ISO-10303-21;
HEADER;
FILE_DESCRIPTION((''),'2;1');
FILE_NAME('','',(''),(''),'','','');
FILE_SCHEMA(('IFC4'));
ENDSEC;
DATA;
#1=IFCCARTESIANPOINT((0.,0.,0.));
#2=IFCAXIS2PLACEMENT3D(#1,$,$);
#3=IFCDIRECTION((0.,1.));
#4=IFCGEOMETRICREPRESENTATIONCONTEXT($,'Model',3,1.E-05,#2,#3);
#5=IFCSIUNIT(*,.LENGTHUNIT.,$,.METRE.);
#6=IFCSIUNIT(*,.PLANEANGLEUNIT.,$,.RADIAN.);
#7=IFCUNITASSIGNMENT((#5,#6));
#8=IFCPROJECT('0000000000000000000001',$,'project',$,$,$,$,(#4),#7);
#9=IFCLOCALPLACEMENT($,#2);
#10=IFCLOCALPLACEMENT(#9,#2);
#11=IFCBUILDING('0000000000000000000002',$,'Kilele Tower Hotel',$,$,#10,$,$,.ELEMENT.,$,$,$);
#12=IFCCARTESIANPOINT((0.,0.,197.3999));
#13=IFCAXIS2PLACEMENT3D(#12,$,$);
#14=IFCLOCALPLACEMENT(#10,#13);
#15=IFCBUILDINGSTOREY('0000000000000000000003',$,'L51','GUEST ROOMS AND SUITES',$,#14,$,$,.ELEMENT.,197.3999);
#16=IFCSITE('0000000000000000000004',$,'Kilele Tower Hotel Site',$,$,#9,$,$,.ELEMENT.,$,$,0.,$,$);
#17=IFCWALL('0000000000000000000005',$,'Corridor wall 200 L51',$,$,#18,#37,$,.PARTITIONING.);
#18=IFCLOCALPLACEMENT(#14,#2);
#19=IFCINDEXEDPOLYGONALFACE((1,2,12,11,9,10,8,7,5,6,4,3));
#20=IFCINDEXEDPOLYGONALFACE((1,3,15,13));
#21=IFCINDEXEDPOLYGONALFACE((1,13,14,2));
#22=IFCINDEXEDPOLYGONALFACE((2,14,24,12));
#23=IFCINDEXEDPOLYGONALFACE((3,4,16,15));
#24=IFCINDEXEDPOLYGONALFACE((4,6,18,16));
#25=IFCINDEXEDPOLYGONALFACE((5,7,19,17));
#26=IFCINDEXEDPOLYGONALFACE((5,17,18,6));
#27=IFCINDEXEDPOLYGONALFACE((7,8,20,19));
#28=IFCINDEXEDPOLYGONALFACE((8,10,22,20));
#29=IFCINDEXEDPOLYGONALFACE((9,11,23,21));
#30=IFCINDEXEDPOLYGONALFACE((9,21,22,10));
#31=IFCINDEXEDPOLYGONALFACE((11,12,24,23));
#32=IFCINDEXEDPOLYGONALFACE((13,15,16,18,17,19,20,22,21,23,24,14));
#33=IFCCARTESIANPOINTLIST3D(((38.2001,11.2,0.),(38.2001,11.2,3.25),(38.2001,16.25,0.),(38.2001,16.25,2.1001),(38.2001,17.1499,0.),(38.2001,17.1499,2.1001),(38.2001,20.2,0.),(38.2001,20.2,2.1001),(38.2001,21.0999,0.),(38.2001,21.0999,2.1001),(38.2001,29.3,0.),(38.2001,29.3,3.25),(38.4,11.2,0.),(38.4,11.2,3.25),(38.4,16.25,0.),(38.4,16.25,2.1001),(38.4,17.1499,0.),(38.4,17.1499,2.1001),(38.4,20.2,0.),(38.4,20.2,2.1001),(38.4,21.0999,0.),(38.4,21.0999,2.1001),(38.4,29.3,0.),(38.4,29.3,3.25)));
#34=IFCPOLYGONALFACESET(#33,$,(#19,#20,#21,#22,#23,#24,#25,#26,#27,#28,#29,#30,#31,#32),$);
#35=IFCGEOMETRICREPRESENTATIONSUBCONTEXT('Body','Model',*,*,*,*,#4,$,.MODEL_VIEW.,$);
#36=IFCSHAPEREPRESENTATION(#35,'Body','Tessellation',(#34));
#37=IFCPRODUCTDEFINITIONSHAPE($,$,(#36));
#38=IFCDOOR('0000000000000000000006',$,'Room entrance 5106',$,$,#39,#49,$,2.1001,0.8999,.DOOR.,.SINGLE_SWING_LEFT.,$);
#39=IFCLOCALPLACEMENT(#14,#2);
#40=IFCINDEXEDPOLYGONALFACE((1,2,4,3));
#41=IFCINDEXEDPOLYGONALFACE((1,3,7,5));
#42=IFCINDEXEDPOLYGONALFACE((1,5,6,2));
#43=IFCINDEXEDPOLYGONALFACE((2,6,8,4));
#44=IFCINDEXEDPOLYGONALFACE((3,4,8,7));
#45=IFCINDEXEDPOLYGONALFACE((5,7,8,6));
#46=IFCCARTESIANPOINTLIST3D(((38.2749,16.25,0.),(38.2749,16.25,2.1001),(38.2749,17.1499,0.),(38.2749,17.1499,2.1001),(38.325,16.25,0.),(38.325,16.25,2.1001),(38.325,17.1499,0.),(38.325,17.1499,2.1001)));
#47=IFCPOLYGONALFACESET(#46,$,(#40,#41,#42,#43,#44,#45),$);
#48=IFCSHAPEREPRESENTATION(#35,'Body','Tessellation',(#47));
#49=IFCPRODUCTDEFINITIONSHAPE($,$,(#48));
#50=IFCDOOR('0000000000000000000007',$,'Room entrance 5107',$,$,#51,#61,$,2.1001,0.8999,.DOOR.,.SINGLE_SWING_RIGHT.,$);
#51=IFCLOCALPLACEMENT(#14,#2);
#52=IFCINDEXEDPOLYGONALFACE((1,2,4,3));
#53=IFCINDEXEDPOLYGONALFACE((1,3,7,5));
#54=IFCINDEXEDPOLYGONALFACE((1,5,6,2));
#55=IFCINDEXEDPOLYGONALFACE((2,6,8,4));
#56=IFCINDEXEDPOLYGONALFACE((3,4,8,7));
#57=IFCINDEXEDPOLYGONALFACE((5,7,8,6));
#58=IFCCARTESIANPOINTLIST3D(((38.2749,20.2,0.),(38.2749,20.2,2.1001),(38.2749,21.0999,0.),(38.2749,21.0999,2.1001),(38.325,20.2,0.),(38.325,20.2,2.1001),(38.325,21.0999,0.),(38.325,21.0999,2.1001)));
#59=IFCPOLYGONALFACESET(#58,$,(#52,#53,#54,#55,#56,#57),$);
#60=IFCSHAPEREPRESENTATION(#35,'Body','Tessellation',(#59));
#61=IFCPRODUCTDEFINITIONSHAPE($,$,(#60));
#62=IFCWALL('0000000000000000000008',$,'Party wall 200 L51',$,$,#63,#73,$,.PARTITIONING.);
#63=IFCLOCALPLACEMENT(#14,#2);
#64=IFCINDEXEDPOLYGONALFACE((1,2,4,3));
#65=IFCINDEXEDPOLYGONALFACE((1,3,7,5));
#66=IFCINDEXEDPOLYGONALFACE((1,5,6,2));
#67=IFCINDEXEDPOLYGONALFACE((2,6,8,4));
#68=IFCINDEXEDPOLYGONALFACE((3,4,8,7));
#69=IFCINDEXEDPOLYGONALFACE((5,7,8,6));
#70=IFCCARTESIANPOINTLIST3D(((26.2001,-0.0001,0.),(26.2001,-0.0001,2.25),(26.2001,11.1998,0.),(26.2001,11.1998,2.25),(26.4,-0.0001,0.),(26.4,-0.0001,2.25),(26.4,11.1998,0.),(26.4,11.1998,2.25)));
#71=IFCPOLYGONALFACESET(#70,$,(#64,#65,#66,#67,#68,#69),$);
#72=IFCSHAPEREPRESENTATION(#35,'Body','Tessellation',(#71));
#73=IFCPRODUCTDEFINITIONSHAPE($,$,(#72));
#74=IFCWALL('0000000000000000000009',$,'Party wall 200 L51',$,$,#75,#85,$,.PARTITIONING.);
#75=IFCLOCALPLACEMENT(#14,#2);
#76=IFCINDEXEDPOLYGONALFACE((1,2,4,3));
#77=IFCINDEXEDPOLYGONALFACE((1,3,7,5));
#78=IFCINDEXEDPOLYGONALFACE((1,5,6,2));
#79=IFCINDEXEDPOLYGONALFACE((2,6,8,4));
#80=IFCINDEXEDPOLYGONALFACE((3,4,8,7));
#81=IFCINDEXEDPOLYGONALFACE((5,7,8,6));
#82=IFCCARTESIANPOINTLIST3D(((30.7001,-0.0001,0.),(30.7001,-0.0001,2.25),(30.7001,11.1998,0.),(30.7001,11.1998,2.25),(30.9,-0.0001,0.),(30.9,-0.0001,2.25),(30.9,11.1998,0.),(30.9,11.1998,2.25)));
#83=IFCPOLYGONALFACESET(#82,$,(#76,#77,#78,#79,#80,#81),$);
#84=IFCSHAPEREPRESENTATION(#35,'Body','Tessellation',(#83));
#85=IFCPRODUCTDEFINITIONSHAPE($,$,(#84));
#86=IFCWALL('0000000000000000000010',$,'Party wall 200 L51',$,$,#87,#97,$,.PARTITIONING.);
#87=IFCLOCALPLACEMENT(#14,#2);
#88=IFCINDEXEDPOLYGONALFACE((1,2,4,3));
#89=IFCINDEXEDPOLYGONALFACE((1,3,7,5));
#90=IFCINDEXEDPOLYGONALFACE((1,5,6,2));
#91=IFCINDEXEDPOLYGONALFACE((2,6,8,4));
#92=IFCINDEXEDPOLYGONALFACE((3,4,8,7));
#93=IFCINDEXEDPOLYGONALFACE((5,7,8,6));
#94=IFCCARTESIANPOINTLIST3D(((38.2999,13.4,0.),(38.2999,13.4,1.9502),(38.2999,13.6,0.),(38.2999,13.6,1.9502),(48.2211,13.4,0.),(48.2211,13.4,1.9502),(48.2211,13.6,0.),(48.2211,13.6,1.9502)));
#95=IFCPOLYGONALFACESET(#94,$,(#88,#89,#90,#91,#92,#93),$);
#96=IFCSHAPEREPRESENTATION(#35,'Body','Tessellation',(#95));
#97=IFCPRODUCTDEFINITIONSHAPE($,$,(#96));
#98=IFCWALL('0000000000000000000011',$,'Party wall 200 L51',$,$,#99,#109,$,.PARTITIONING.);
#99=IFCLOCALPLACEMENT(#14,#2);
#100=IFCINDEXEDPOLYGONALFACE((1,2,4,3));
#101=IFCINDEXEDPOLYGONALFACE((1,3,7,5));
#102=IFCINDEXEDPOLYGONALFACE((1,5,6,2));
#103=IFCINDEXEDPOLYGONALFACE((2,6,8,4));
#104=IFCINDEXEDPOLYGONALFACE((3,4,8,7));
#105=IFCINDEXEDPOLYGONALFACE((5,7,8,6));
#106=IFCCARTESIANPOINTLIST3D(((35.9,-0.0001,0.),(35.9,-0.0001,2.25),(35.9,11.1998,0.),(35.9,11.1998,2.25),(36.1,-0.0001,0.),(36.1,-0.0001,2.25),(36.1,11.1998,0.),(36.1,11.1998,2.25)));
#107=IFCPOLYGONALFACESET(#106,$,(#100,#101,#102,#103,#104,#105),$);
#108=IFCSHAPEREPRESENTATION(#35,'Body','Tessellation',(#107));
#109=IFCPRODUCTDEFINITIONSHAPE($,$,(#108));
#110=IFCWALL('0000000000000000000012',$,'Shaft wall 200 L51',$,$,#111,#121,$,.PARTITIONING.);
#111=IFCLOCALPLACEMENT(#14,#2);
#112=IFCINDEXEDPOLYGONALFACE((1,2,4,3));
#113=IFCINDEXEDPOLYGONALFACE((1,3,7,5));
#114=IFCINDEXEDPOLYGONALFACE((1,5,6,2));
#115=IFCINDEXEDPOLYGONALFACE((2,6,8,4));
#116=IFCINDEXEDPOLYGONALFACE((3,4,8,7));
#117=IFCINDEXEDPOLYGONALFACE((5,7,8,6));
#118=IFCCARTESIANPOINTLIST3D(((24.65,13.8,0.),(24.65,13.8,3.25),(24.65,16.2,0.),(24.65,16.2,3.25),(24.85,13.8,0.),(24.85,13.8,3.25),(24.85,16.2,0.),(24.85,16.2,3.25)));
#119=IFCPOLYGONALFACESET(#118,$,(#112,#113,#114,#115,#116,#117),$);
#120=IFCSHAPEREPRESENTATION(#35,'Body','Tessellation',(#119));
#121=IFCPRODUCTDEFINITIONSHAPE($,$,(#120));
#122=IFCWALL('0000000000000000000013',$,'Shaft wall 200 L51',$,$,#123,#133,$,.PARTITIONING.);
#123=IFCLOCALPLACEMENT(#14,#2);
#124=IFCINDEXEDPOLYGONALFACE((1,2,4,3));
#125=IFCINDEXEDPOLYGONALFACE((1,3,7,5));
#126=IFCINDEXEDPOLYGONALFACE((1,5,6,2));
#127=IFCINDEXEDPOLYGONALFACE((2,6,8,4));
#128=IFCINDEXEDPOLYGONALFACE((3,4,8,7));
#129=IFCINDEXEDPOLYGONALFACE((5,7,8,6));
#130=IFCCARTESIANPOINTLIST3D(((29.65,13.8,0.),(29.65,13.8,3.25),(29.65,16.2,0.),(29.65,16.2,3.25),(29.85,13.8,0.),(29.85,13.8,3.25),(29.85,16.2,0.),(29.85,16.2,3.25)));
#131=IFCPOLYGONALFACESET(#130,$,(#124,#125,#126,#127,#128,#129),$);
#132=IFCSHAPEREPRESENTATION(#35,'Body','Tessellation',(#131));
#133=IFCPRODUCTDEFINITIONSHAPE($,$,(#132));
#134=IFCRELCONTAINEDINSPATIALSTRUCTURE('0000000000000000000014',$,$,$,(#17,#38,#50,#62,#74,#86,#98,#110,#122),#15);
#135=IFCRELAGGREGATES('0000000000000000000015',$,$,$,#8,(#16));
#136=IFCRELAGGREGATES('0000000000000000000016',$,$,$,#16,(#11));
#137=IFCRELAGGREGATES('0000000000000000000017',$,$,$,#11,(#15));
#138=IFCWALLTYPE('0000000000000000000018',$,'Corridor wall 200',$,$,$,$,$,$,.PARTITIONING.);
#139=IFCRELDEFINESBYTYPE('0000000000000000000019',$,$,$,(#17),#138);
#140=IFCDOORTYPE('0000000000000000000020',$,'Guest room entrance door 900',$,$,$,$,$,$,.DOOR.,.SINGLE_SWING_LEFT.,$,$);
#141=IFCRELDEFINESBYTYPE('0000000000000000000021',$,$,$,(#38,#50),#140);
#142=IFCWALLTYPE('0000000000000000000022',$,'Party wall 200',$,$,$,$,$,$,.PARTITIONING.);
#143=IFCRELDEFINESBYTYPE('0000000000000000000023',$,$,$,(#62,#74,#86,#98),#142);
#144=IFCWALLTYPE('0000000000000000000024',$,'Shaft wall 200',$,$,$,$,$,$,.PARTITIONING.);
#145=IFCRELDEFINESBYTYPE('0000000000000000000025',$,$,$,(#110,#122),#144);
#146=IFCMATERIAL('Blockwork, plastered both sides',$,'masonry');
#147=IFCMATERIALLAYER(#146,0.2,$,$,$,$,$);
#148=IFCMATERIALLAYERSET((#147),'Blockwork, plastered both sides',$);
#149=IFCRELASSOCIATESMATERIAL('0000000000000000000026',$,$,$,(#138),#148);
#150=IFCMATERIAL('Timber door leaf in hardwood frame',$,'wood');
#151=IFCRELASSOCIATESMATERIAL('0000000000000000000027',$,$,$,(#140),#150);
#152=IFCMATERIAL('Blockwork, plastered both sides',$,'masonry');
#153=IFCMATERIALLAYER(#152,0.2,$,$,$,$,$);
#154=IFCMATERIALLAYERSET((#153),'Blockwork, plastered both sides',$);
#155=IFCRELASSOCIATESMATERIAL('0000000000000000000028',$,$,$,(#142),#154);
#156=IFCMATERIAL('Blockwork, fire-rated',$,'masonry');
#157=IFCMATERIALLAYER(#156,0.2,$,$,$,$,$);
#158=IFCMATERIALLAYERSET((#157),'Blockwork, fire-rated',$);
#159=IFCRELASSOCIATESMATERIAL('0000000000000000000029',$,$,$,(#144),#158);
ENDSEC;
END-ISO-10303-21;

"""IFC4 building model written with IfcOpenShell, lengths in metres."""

from ifc_helpers import new_model, si_unit, direction, frame, frame_2d, origin, place, context, subcontext, project, spatial, rectangle, extrude, material, layer, layer_set, type_object, element, fill, save


model = new_model("IFC4")

# Units and contexts
model_context = context("Model", 3, precision=1e-05, world=origin(), true_north=direction((0.0, 1.0)))
body_context = subcontext(model_context, "Body", "Model", "MODEL_VIEW")
ifc_project = project(units=[si_unit("LENGTHUNIT", "METRE"), si_unit("PLANEANGLEUNIT", "RADIAN")], contexts=[model_context])

# Site, building, storey
site_placement = place(None, origin())
site = spatial("IfcSite", under=ifc_project, at=site_placement, Name="Kilele Tower Hotel Site", CompositionType="ELEMENT", RefElevation=0.0)
building_placement = place(site_placement, origin())
building = spatial("IfcBuilding", under=site, at=building_placement, Name="Kilele Tower Hotel", CompositionType="ELEMENT")
storey_placement = place(building_placement, frame((0.0, 0.0, 197.3999)))
storey = spatial("IfcBuildingStorey", under=building, at=storey_placement, Name="L51", Description="GUEST ROOMS AND SUITES", CompositionType="ELEMENT", Elevation=197.3999)

# Wall, openings, doors
ifc_material_1 = material(Name="Blockwork, plastered both sides", Category="masonry")
ifc_layer_1 = layer(ifc_material_1, 0.2)
ifc_layer_set_1 = layer_set([ifc_layer_1], Name="Blockwork, plastered both sides")
wall_type_1 = type_object("IfcWallType", Name="Corridor wall 200", PredefinedType="PARTITIONING", material=ifc_layer_set_1)
wall_1_placement = place(storey_placement, frame((38.3, 11.2, 0.0), z_axis=(0.0, 0.0, 1.0), x_axis=(0.0, 1.0, 0.0)))
wall_1 = element("IfcWall", 1, at=wall_1_placement, inside=storey, type_object=wall_type_1, Name="Corridor wall 200 L51", PredefinedType="PARTITIONING", context=body_context, shape_type="SweptSolid", body=[
    extrude(rectangle(XDim=18.1001, YDim=0.2, at=frame_2d((9.05, 0.0))), origin(), (0.0, 0.0, 1.0), 3.25),
])
opening_1_placement = place(wall_1_placement, frame((5.95, 0.0, 0.0), z_axis=(0.0, 0.0, 1.0), x_axis=(-1.0, 0.0, 0.0)))
opening_1 = element("IfcOpeningElement", 2, at=opening_1_placement, cuts=wall_1, PredefinedType="OPENING", context=body_context, shape_type="SweptSolid", body=[
    extrude(rectangle(XDim=0.8999, YDim=2.1001, at=frame_2d((0.45, 1.05))), frame((0.0, 0.1099, 0.0), z_axis=(0.0, -1.0, 0.0), x_axis=(1.0, 0.0, 0.0)), (0.0, 0.0, 1.0), 0.22),
])
opening_2_placement = place(wall_1_placement, frame((9.8999, 0.0, 0.0), z_axis=(0.0, 0.0, 1.0), x_axis=(-1.0, 0.0, 0.0)))
opening_2 = element("IfcOpeningElement", 3, at=opening_2_placement, cuts=wall_1, PredefinedType="OPENING", context=body_context, shape_type="SweptSolid", body=[
    extrude(rectangle(XDim=0.8999, YDim=2.1001, at=frame_2d((0.45, 1.05))), frame((0.0, 0.1099, 0.0), z_axis=(0.0, -1.0, 0.0), x_axis=(1.0, 0.0, 0.0)), (0.0, 0.0, 1.0), 0.22),
])
ifc_material_2 = material(Name="Timber door leaf in hardwood frame", Category="wood")
door_type_1 = type_object("IfcDoorType", Name="Guest room entrance door 900", OperationType="SINGLE_SWING_LEFT", PredefinedType="DOOR", material=ifc_material_2)
door_1_placement = place(opening_1_placement, origin())
door_1 = element("IfcDoor", 4, at=door_1_placement, inside=storey, type_object=door_type_1, Name="Room entrance 5106", OperationType="SINGLE_SWING_LEFT", OverallHeight=2.1001, OverallWidth=0.8999, PredefinedType="DOOR", context=body_context, shape_type="SweptSolid", body=[
    extrude(rectangle(XDim=0.8999, YDim=2.1001, at=frame_2d((0.45, 1.05))), frame((0.0, 0.0249, 0.0), z_axis=(0.0, -1.0, 0.0), x_axis=(1.0, 0.0, 0.0)), (0.0, 0.0, 1.0), 0.05),
])
fill(opening_1, door_1)
door_2_placement = place(opening_2_placement, origin())
door_2 = element("IfcDoor", 5, at=door_2_placement, inside=storey, type_object=door_type_1, Name="Room entrance 5107", OperationType="SINGLE_SWING_RIGHT", OverallHeight=2.1001, OverallWidth=0.8999, PredefinedType="DOOR", context=body_context, shape_type="SweptSolid", body=[
    extrude(rectangle(XDim=0.8999, YDim=2.1001, at=frame_2d((0.45, 1.05))), frame((0.0, 0.0249, 0.0), z_axis=(0.0, -1.0, 0.0), x_axis=(1.0, 0.0, 0.0)), (0.0, 0.0, 1.0), 0.05),
])
fill(opening_2, door_2)

# Walls
ifc_material_3 = material(Name="Blockwork, plastered both sides", Category="masonry")
ifc_layer_2 = layer(ifc_material_3, 0.2)
ifc_layer_set_2 = layer_set([ifc_layer_2], Name="Blockwork, plastered both sides")
wall_type_2 = type_object("IfcWallType", Name="Party wall 200", PredefinedType="PARTITIONING", material=ifc_layer_set_2)
for number, where, z_axis, x_axis, name in (
    (6, (26.3, 11.2, 0.0), (0.0, 0.0, 1.0), (0.0, -1.0, 0.0), "Party wall 200 L51"),
    (7, (30.8, 11.2, 0.0), (0.0, 0.0, 1.0), (0.0, -1.0, 0.0), "Party wall 200 L51"),
):
    element("IfcWall", number, at=place(storey_placement, frame(where, z_axis=z_axis, x_axis=x_axis)), inside=storey, type_object=wall_type_2, Name=name, PredefinedType="PARTITIONING", context=body_context, shape_type="SweptSolid", body=[
        extrude(rectangle(XDim=11.2, YDim=0.2, at=frame_2d((5.6001, 0.0))), origin(), (0.0, 0.0, 1.0), 2.25),
    ])
wall_2_placement = place(storey_placement, frame((38.3, 13.5, 0.0), z_axis=(0.0, 0.0, 1.0), x_axis=(1.0, 0.0, 0.0)))
element("IfcWall", 8, at=wall_2_placement, inside=storey, type_object=wall_type_2, Name="Party wall 200 L51", PredefinedType="PARTITIONING", context=body_context, shape_type="SweptSolid", body=[
    extrude(rectangle(XDim=9.9211, YDim=0.2, at=frame_2d((4.9604, 0.0))), origin(), (0.0, 0.0, 1.0), 1.9502),
])
wall_3_placement = place(storey_placement, frame((36.0, 11.2, 0.0), z_axis=(0.0, 0.0, 1.0), x_axis=(0.0, -1.0, 0.0)))
element("IfcWall", 9, at=wall_3_placement, inside=storey, type_object=wall_type_2, Name="Party wall 200 L51", PredefinedType="PARTITIONING", context=body_context, shape_type="SweptSolid", body=[
    extrude(rectangle(XDim=11.2, YDim=0.2, at=frame_2d((5.6001, 0.0))), origin(), (0.0, 0.0, 1.0), 2.25),
])
ifc_material_4 = material(Name="Blockwork, fire-rated", Category="masonry")
ifc_layer_3 = layer(ifc_material_4, 0.2)
ifc_layer_set_3 = layer_set([ifc_layer_3], Name="Blockwork, fire-rated")
wall_type_3 = type_object("IfcWallType", Name="Shaft wall 200", PredefinedType="PARTITIONING", material=ifc_layer_set_3)
for number, where, z_axis, x_axis, name in (
    (10, (24.75, 13.8, 0.0), (0.0, 0.0, 1.0), (0.0, 1.0, 0.0), "Shaft wall 200 L51"),
    (11, (29.75, 13.8, 0.0), (0.0, 0.0, 1.0), (0.0, 1.0, 0.0), "Shaft wall 200 L51"),
):
    element("IfcWall", number, at=place(storey_placement, frame(where, z_axis=z_axis, x_axis=x_axis)), inside=storey, type_object=wall_type_3, Name=name, PredefinedType="PARTITIONING", context=body_context, shape_type="SweptSolid", body=[
        extrude(rectangle(XDim=2.3999, YDim=0.2, at=frame_2d((1.2, 0.0))), origin(), (0.0, 0.0, 1.0), 3.25),
    ])

save(model, "model.ifc")
